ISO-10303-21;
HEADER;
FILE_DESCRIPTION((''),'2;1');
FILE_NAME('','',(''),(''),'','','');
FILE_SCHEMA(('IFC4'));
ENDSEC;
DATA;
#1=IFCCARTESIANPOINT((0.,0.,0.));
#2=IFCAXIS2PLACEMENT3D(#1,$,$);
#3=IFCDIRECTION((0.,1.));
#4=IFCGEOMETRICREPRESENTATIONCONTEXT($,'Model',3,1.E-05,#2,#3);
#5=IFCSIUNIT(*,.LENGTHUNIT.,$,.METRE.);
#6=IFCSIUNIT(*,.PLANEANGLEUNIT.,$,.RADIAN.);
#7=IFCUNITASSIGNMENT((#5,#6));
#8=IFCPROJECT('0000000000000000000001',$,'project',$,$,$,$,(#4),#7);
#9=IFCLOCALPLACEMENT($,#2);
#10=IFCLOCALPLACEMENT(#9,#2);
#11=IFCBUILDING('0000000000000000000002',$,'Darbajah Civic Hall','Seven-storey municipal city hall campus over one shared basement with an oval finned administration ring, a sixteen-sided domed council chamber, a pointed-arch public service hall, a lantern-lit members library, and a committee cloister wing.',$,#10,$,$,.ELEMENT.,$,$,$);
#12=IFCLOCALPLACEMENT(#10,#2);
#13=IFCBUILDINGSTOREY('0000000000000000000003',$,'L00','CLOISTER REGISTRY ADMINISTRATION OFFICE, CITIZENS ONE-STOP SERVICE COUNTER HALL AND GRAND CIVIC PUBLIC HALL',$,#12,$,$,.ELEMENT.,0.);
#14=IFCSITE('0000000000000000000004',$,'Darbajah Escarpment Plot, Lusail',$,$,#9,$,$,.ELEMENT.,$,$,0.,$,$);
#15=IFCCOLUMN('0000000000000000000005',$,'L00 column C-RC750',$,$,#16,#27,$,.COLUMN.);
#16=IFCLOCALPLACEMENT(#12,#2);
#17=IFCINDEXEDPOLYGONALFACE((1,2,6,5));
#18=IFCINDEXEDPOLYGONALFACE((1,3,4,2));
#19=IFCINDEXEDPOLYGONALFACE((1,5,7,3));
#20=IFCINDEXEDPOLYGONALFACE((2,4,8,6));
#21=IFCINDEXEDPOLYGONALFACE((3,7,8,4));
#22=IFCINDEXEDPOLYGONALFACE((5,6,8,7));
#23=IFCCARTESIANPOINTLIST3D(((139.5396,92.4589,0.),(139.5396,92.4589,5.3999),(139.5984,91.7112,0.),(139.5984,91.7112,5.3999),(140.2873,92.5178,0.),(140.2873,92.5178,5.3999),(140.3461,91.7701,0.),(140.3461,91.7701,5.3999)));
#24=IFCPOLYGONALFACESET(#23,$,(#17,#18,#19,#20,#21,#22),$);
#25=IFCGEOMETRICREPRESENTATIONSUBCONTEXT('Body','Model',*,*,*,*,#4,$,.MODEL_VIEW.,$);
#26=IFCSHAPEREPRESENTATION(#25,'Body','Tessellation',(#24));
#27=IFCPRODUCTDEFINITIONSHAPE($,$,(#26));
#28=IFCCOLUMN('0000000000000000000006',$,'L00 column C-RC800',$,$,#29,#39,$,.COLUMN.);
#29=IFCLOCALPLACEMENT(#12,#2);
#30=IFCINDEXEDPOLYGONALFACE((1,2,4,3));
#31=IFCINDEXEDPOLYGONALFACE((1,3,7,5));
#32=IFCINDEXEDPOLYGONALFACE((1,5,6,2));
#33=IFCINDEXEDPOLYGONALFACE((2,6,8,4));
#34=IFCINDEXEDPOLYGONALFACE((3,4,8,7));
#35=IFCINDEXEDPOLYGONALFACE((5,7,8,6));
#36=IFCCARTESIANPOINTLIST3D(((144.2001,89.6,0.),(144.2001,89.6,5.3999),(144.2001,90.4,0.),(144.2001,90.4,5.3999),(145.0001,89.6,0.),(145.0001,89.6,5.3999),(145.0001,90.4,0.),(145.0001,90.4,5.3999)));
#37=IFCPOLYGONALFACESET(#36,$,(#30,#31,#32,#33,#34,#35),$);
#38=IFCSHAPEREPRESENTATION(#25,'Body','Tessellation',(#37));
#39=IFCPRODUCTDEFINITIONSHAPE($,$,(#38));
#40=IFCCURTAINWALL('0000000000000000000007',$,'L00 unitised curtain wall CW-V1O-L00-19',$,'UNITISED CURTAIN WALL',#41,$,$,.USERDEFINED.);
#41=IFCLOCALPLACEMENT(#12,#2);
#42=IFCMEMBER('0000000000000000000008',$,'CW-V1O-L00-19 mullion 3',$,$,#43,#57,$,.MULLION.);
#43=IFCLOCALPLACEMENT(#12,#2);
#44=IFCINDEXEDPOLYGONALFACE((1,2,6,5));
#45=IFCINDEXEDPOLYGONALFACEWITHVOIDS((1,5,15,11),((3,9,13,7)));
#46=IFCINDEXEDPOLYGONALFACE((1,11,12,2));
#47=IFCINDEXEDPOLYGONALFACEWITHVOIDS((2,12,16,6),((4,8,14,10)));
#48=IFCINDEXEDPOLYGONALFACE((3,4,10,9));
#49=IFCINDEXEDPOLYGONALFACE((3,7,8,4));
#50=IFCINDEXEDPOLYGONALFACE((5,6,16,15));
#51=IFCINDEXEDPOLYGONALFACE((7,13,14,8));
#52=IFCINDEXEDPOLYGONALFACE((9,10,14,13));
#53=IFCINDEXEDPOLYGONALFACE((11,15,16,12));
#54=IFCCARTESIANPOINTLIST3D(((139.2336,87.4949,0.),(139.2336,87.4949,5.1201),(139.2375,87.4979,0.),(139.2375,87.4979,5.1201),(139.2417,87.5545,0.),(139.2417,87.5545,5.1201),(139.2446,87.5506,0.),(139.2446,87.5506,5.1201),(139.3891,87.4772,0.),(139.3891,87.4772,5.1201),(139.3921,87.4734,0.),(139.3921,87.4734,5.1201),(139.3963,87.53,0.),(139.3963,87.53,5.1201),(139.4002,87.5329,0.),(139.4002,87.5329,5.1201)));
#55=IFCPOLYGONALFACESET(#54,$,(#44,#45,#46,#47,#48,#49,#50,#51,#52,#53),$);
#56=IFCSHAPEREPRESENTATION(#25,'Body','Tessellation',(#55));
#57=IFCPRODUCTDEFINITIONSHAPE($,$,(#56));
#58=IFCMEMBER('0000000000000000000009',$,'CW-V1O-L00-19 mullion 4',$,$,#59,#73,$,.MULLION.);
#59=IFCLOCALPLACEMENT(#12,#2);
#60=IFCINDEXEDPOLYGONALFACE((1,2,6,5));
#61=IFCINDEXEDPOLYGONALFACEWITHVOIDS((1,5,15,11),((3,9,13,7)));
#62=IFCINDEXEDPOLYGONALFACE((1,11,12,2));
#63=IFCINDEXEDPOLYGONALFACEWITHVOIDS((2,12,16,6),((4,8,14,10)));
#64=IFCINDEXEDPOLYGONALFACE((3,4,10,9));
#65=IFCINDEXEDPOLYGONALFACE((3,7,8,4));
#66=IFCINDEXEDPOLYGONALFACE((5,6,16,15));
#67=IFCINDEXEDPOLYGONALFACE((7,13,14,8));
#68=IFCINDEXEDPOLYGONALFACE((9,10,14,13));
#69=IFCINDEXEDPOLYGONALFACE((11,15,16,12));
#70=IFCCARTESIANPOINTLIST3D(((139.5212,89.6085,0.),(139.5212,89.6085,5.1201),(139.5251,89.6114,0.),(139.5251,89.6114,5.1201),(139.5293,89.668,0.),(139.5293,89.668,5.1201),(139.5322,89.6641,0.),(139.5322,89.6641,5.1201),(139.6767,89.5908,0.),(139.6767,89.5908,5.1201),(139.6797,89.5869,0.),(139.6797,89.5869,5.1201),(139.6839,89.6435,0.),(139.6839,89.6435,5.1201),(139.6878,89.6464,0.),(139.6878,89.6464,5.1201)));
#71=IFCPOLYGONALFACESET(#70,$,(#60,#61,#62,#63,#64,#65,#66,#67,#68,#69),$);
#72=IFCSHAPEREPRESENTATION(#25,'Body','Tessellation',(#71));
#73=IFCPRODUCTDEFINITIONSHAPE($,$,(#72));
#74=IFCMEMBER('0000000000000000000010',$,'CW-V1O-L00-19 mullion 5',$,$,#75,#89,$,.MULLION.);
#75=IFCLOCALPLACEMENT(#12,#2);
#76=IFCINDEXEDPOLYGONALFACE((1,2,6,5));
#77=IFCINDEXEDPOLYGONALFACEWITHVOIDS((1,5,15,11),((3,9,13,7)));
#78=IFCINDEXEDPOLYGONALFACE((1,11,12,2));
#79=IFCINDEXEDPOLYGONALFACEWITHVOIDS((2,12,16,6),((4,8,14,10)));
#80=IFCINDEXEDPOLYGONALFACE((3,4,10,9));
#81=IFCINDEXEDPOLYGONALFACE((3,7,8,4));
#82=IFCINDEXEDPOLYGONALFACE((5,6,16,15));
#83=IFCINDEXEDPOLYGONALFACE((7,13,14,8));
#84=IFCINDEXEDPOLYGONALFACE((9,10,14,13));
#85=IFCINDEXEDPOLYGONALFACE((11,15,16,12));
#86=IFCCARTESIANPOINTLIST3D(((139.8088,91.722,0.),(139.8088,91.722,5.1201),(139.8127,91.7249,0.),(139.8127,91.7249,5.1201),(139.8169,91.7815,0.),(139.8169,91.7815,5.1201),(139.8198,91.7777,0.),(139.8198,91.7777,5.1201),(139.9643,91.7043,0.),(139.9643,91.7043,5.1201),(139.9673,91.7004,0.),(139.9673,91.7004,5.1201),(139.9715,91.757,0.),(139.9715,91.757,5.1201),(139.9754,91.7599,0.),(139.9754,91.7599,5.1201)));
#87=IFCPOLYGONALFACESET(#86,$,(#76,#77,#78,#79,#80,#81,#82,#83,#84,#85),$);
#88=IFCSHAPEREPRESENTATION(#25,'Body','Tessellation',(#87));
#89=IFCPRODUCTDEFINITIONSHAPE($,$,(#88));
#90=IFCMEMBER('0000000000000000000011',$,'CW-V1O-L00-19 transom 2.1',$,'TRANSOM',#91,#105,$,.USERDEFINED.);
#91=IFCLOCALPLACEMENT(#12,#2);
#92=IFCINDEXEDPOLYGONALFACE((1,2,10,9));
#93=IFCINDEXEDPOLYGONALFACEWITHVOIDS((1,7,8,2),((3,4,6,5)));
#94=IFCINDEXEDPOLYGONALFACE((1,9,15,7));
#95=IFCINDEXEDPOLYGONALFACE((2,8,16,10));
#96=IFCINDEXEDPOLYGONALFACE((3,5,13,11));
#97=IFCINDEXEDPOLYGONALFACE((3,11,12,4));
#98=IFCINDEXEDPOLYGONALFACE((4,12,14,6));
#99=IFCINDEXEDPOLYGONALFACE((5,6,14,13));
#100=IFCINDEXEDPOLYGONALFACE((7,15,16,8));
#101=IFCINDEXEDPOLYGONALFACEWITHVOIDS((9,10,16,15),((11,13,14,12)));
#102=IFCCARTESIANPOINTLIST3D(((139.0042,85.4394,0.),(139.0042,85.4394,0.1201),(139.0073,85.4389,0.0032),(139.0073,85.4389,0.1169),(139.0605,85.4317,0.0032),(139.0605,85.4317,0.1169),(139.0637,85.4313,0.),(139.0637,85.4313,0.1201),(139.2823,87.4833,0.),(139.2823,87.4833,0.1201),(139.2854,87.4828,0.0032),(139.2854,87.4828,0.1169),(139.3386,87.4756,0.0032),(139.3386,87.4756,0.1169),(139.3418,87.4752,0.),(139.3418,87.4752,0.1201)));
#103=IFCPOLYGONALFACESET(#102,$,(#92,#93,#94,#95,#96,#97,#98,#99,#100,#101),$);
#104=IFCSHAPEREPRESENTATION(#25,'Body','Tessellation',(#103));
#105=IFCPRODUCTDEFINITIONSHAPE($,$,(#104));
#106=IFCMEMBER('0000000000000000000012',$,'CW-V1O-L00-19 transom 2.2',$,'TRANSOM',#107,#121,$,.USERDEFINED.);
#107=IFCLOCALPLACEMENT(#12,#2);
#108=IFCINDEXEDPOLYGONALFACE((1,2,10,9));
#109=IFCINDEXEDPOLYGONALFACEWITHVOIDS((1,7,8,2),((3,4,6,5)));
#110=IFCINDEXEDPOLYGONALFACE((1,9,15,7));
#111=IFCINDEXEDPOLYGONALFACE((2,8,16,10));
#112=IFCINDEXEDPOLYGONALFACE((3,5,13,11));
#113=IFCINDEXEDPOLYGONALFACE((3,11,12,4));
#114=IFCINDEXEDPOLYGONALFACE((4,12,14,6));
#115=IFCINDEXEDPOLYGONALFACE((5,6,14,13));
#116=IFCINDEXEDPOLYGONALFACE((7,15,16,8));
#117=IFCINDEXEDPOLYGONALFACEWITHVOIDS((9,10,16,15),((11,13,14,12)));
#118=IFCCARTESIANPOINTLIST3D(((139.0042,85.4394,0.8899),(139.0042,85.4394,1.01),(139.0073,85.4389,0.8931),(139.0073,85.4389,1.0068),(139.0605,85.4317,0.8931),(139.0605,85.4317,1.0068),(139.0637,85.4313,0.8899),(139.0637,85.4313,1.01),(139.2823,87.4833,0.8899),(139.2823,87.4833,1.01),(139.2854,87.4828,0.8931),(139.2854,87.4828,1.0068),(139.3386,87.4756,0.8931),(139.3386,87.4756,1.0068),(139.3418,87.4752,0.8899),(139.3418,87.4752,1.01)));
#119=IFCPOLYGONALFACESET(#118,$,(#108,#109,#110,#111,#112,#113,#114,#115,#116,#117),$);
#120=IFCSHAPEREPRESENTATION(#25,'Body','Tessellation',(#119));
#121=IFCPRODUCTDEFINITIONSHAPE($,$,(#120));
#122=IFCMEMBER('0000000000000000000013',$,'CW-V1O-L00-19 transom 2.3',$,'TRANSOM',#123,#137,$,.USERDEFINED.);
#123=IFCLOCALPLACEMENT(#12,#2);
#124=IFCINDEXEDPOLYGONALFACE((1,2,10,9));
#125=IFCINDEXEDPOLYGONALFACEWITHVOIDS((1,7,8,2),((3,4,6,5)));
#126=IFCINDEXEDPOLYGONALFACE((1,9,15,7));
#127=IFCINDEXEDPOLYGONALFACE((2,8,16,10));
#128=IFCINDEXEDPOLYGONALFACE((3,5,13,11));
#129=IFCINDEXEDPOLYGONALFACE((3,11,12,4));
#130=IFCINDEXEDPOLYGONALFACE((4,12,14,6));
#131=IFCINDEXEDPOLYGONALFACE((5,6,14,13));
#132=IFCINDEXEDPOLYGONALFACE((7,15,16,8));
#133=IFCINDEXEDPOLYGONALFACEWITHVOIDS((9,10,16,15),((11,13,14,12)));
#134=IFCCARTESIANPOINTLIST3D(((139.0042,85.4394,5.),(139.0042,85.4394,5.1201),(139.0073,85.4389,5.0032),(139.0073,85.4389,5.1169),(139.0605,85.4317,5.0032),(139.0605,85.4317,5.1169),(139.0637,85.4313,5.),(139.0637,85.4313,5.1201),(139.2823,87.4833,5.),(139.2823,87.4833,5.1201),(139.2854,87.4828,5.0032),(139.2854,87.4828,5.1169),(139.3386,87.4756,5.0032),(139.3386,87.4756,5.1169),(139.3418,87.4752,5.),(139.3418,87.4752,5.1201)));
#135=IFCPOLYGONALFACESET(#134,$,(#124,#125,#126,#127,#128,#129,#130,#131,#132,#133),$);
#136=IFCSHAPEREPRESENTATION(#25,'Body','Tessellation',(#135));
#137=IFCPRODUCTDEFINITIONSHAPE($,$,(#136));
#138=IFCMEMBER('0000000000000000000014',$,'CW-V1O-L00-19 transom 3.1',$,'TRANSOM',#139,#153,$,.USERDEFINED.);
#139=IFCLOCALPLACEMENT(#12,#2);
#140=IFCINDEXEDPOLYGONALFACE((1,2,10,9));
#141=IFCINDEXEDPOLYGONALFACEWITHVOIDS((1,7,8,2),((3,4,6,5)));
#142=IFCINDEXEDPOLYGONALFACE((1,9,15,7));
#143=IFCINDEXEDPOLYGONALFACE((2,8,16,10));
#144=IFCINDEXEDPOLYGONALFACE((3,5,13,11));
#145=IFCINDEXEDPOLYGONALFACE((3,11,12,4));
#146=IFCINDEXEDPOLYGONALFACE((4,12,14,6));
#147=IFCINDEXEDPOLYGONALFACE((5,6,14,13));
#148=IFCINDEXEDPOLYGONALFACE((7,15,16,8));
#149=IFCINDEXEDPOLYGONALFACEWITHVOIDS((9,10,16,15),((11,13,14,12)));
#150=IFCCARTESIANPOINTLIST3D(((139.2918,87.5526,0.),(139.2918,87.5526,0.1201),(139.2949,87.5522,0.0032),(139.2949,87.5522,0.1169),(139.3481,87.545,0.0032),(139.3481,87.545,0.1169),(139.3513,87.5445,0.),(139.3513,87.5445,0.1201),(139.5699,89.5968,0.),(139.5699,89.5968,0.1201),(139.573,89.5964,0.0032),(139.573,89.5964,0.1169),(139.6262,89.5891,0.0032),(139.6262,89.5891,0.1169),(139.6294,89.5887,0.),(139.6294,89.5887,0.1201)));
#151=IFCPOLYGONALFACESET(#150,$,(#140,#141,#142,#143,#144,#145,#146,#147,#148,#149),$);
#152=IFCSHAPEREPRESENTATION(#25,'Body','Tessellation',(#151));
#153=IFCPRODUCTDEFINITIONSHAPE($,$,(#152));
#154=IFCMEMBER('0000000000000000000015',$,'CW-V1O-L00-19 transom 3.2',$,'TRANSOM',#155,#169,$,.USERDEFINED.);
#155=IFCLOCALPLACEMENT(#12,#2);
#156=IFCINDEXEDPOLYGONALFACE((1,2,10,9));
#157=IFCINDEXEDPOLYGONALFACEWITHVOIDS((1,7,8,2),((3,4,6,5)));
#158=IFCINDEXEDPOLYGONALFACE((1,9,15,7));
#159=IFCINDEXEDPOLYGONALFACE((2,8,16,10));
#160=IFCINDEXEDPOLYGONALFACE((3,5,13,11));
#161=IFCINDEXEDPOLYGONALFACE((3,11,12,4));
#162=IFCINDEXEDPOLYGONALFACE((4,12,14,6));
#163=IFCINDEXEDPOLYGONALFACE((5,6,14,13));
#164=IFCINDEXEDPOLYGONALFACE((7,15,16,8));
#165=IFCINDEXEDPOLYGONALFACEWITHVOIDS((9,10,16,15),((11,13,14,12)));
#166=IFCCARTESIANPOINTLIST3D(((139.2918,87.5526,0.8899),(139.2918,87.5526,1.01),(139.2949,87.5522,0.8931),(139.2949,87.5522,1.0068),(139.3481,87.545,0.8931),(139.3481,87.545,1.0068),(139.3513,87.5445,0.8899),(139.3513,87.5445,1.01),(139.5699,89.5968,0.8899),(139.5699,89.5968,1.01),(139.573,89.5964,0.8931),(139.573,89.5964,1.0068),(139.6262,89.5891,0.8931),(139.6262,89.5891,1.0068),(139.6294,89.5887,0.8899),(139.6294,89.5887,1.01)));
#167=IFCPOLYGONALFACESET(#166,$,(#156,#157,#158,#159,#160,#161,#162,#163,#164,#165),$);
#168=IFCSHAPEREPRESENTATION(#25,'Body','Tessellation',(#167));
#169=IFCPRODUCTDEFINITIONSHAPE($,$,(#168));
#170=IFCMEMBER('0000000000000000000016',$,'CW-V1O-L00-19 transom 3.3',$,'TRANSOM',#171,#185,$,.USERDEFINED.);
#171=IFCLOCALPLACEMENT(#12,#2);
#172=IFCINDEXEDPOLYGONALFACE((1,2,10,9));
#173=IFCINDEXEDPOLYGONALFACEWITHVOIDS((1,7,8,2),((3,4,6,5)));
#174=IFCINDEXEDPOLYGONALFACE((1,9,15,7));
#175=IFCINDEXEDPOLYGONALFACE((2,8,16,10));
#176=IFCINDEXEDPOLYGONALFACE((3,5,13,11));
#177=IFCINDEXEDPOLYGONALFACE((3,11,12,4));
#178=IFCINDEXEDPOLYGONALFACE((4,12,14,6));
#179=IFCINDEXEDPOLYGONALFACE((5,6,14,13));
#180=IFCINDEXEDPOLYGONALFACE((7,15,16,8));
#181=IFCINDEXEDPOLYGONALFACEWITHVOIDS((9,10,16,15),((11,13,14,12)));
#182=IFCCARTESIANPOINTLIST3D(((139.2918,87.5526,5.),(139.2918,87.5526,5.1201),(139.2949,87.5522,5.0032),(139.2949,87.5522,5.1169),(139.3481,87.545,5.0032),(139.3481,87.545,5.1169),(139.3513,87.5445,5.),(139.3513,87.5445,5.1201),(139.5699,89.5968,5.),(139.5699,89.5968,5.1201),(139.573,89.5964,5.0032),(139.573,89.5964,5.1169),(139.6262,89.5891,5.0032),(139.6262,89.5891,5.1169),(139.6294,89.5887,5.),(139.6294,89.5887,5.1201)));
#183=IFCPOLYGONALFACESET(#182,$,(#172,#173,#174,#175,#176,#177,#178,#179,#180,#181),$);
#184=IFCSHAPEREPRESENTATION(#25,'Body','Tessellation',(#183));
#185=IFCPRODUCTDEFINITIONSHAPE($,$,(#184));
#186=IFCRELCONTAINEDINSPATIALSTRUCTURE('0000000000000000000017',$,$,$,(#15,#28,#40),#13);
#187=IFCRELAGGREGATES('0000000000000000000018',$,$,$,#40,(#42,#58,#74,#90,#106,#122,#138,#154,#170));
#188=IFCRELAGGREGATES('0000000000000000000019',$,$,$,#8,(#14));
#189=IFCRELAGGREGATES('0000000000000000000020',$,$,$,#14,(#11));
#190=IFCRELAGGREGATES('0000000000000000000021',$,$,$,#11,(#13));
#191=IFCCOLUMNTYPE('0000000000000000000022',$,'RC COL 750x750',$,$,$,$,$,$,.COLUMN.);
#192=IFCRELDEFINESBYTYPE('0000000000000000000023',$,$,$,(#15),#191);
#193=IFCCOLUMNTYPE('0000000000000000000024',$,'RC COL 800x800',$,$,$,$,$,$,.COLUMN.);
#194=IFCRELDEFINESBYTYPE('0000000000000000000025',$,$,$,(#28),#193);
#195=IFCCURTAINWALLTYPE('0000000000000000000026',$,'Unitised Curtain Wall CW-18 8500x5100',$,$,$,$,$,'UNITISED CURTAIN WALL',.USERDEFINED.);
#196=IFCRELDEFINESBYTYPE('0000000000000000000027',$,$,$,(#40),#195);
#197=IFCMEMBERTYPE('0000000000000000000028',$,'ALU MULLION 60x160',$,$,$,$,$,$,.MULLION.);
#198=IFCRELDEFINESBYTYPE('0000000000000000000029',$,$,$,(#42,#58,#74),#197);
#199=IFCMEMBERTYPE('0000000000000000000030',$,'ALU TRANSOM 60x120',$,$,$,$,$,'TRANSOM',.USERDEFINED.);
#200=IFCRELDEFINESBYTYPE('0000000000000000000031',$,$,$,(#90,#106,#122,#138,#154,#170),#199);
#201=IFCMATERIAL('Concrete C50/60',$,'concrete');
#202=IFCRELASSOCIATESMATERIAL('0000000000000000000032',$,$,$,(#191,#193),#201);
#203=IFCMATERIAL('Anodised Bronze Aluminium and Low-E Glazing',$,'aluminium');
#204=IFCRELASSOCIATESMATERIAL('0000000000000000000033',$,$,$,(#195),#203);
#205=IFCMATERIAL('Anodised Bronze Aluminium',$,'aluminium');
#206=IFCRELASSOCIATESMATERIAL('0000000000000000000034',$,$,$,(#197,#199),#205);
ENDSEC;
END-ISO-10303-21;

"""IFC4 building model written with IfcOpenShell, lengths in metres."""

from ifc_helpers import new_model, si_unit, direction, frame, origin, origin_2d, place, context, subcontext, project, spatial, rectangle, hollow_rectangle, extrude, material, material_profile, profile_set, type_object, element, aggregate, save


model = new_model("IFC4")

# Units and contexts
model_context = context("Model", 3, precision=1e-05, world=origin(), true_north=direction((0.0, 1.0)))
body_context = subcontext(model_context, "Body", "Model", "MODEL_VIEW")
ifc_project = project(units=[si_unit("LENGTHUNIT", "METRE"), si_unit("PLANEANGLEUNIT", "RADIAN")], contexts=[model_context])

# Site, building, storey
site_placement = place(None, origin())
site = spatial("IfcSite", under=ifc_project, at=site_placement, Name="Darbajah Escarpment Plot, Lusail", CompositionType="ELEMENT", RefElevation=0.0)
building_placement = place(site_placement, origin())
building = spatial("IfcBuilding", under=site, at=building_placement, Name="Darbajah Civic Hall", Description="Seven-storey municipal city hall campus over one shared basement with an oval finned administration ring, a sixteen-sided domed council chamber, a pointed-arch public service hall, a lantern-lit members library, and a committee cloister wing.", CompositionType="ELEMENT")
storey_placement = place(building_placement, origin())
storey = spatial("IfcBuildingStorey", under=building, at=storey_placement, Name="L00", Description="CLOISTER REGISTRY ADMINISTRATION OFFICE, CITIZENS ONE-STOP SERVICE COUNTER HALL AND GRAND CIVIC PUBLIC HALL", CompositionType="ELEMENT", Elevation=0.0)

# Columns
ifc_material_1 = material(Name="Concrete C50/60", Category="concrete")
ifc_material_profile_1 = material_profile(ifc_material_1, rectangle(XDim=0.75, YDim=0.75, at=origin_2d()), Name="RC COL 750x750")
ifc_profile_set_1 = profile_set([ifc_material_profile_1], Name="Concrete C50/60")
column_type_1 = type_object("IfcColumnType", Name="RC COL 750x750", PredefinedType="COLUMN", material=ifc_profile_set_1)
column_1_placement = place(storey_placement, frame((139.9429, 92.1145, 0.0), z_axis=(0.0, 0.0, 1.0), x_axis=(0.996917, 0.078459, 0.0)))
element("IfcColumn", 1, at=column_1_placement, inside=storey, type_object=column_type_1, Name="L00 column C-RC750", PredefinedType="COLUMN", context=body_context, shape_type="SweptSolid", body=[
    extrude(rectangle(XDim=0.75, YDim=0.75, at=origin_2d()), origin(), (0.0, 0.0, 1.0), 5.3999),
])
ifc_material_profile_2 = material_profile(ifc_material_1, rectangle(XDim=0.8, YDim=0.8, at=origin_2d()), Name="RC COL 800x800")
ifc_profile_set_2 = profile_set([ifc_material_profile_2], Name="Concrete C50/60")
column_type_2 = type_object("IfcColumnType", Name="RC COL 800x800", PredefinedType="COLUMN", material=ifc_profile_set_2)
column_2_placement = place(storey_placement, frame((144.6001, 90.0, 0.0), z_axis=(0.0, 0.0, 1.0), x_axis=(1.0, 0.0, 0.0)))
element("IfcColumn", 2, at=column_2_placement, inside=storey, type_object=column_type_2, Name="L00 column C-RC800", PredefinedType="COLUMN", context=body_context, shape_type="SweptSolid", body=[
    extrude(rectangle(XDim=0.8, YDim=0.8, at=origin_2d()), origin(), (0.0, 0.0, 1.0), 5.3999),
])

# Curtain wall, members
ifc_material_2 = material(Name="Anodised Bronze Aluminium and Low-E Glazing", Category="aluminium")
curtain_wall_type = type_object("IfcCurtainWallType", Name="Unitised Curtain Wall CW-18 8500x5100", ElementType="UNITISED CURTAIN WALL", PredefinedType="USERDEFINED", material=ifc_material_2)
curtain_wall_placement = place(storey_placement, origin())
curtain_wall = element("IfcCurtainWall", 3, at=curtain_wall_placement, inside=storey, type_object=curtain_wall_type, Name="L00 unitised curtain wall CW-V1O-L00-19", ObjectType="UNITISED CURTAIN WALL", PredefinedType="USERDEFINED")
ifc_material_3 = material(Name="Anodised Bronze Aluminium", Category="aluminium")
ifc_material_profile_3 = material_profile(ifc_material_3, hollow_rectangle(XDim=0.0601, YDim=0.1599, WallThickness=0.0034, at=origin_2d()), Name="ALU MULLION 60x160")
ifc_profile_set_3 = profile_set([ifc_material_profile_3], Name="Anodised Bronze Aluminium")
member_type_1 = type_object("IfcMemberType", Name="ALU MULLION 60x160", PredefinedType="MULLION", material=ifc_profile_set_3)
member_1_placement = place(storey_placement, frame((139.3169, 87.5139, 0.0), z_axis=(0.0, 0.0, 1.0), x_axis=(0.134851, 0.990866, 0.0)))
member_1 = element("IfcMember", 4, at=member_1_placement, type_object=member_type_1, Name="CW-V1O-L00-19 mullion 3", PredefinedType="MULLION", context=body_context, shape_type="SweptSolid", body=[
    extrude(hollow_rectangle(XDim=0.0601, YDim=0.1599, WallThickness=0.0034, at=origin_2d()), origin(), (0.0, 0.0, 1.0), 5.1201),
])
member_2_placement = place(storey_placement, frame((139.6045, 89.6274, 0.0), z_axis=(0.0, 0.0, 1.0), x_axis=(0.134851, 0.990866, 0.0)))
member_2 = element("IfcMember", 5, at=member_2_placement, type_object=member_type_1, Name="CW-V1O-L00-19 mullion 4", PredefinedType="MULLION", context=body_context, shape_type="SweptSolid", body=[
    extrude(hollow_rectangle(XDim=0.0601, YDim=0.1599, WallThickness=0.0034, at=origin_2d()), origin(), (0.0, 0.0, 1.0), 5.1201),
])
member_3_placement = place(storey_placement, frame((139.8921, 91.741, 0.0), z_axis=(0.0, 0.0, 1.0), x_axis=(0.134851, 0.990866, 0.0)))
member_3 = element("IfcMember", 6, at=member_3_placement, type_object=member_type_1, Name="CW-V1O-L00-19 mullion 5", PredefinedType="MULLION", context=body_context, shape_type="SweptSolid", body=[
    extrude(hollow_rectangle(XDim=0.0601, YDim=0.1599, WallThickness=0.0034, at=origin_2d()), origin(), (0.0, 0.0, 1.0), 5.1201),
])
ifc_material_profile_4 = material_profile(ifc_material_3, hollow_rectangle(XDim=0.0601, YDim=0.1201, WallThickness=0.0032, at=origin_2d()), Name="ALU TRANSOM 60x120")
ifc_profile_set_4 = profile_set([ifc_material_profile_4], Name="Anodised Bronze Aluminium")
member_type_2 = type_object("IfcMemberType", Name="ALU TRANSOM 60x120", ElementType="TRANSOM", PredefinedType="USERDEFINED", material=ifc_profile_set_4)
member_4_placement = place(storey_placement, frame((139.0339, 85.4353, 0.0601), z_axis=(0.134807, 0.990872, 0.0), x_axis=(-0.990872, 0.134807, 0.0)))
member_4 = element("IfcMember", 7, at=member_4_placement, type_object=member_type_2, Name="CW-V1O-L00-19 transom 2.1", ObjectType="TRANSOM", PredefinedType="USERDEFINED", context=body_context, shape_type="SweptSolid", body=[
    extrude(hollow_rectangle(XDim=0.0601, YDim=0.1201, WallThickness=0.0032, at=origin_2d()), origin(), (0.0, 0.0, 1.0), 2.0627),
])
member_5_placement = place(storey_placement, frame((139.0339, 85.4353, 0.95), z_axis=(0.134807, 0.990872, 0.0), x_axis=(-0.990872, 0.134807, 0.0)))
member_5 = element("IfcMember", 8, at=member_5_placement, type_object=member_type_2, Name="CW-V1O-L00-19 transom 2.2", ObjectType="TRANSOM", PredefinedType="USERDEFINED", context=body_context, shape_type="SweptSolid", body=[
    extrude(hollow_rectangle(XDim=0.0601, YDim=0.1201, WallThickness=0.0032, at=origin_2d()), origin(), (0.0, 0.0, 1.0), 2.0627),
])
member_6_placement = place(storey_placement, frame((139.0339, 85.4353, 5.0601), z_axis=(0.134807, 0.990872, 0.0), x_axis=(-0.990872, 0.134807, 0.0)))
member_6 = element("IfcMember", 9, at=member_6_placement, type_object=member_type_2, Name="CW-V1O-L00-19 transom 2.3", ObjectType="TRANSOM", PredefinedType="USERDEFINED", context=body_context, shape_type="SweptSolid", body=[
    extrude(hollow_rectangle(XDim=0.0601, YDim=0.1201, WallThickness=0.0032, at=origin_2d()), origin(), (0.0, 0.0, 1.0), 2.0627),
])
member_7_placement = place(storey_placement, frame((139.3215, 87.5486, 0.0601), z_axis=(0.134791, 0.990874, 0.0), x_axis=(-0.990874, 0.134791, 0.0)))
member_7 = element("IfcMember", 10, at=member_7_placement, type_object=member_type_2, Name="CW-V1O-L00-19 transom 3.1", ObjectType="TRANSOM", PredefinedType="USERDEFINED", context=body_context, shape_type="SweptSolid", body=[
    extrude(hollow_rectangle(XDim=0.0601, YDim=0.1201, WallThickness=0.0032, at=origin_2d()), origin(), (0.0, 0.0, 1.0), 2.063),
])
member_8_placement = place(storey_placement, frame((139.3215, 87.5486, 0.95), z_axis=(0.134791, 0.990874, 0.0), x_axis=(-0.990874, 0.134791, 0.0)))
member_8 = element("IfcMember", 11, at=member_8_placement, type_object=member_type_2, Name="CW-V1O-L00-19 transom 3.2", ObjectType="TRANSOM", PredefinedType="USERDEFINED", context=body_context, shape_type="SweptSolid", body=[
    extrude(hollow_rectangle(XDim=0.0601, YDim=0.1201, WallThickness=0.0032, at=origin_2d()), origin(), (0.0, 0.0, 1.0), 2.063),
])
member_9_placement = place(storey_placement, frame((139.3215, 87.5486, 5.0601), z_axis=(0.134791, 0.990874, 0.0), x_axis=(-0.990874, 0.134791, 0.0)))
member_9 = element("IfcMember", 12, at=member_9_placement, type_object=member_type_2, Name="CW-V1O-L00-19 transom 3.3", ObjectType="TRANSOM", PredefinedType="USERDEFINED", context=body_context, shape_type="SweptSolid", body=[
    extrude(hollow_rectangle(XDim=0.0601, YDim=0.1201, WallThickness=0.0032, at=origin_2d()), origin(), (0.0, 0.0, 1.0), 2.063),
])

aggregate(curtain_wall, [member_1, member_2, member_3, member_4, member_5, member_6, member_7, member_8, member_9])

save(model, "model.ifc")
